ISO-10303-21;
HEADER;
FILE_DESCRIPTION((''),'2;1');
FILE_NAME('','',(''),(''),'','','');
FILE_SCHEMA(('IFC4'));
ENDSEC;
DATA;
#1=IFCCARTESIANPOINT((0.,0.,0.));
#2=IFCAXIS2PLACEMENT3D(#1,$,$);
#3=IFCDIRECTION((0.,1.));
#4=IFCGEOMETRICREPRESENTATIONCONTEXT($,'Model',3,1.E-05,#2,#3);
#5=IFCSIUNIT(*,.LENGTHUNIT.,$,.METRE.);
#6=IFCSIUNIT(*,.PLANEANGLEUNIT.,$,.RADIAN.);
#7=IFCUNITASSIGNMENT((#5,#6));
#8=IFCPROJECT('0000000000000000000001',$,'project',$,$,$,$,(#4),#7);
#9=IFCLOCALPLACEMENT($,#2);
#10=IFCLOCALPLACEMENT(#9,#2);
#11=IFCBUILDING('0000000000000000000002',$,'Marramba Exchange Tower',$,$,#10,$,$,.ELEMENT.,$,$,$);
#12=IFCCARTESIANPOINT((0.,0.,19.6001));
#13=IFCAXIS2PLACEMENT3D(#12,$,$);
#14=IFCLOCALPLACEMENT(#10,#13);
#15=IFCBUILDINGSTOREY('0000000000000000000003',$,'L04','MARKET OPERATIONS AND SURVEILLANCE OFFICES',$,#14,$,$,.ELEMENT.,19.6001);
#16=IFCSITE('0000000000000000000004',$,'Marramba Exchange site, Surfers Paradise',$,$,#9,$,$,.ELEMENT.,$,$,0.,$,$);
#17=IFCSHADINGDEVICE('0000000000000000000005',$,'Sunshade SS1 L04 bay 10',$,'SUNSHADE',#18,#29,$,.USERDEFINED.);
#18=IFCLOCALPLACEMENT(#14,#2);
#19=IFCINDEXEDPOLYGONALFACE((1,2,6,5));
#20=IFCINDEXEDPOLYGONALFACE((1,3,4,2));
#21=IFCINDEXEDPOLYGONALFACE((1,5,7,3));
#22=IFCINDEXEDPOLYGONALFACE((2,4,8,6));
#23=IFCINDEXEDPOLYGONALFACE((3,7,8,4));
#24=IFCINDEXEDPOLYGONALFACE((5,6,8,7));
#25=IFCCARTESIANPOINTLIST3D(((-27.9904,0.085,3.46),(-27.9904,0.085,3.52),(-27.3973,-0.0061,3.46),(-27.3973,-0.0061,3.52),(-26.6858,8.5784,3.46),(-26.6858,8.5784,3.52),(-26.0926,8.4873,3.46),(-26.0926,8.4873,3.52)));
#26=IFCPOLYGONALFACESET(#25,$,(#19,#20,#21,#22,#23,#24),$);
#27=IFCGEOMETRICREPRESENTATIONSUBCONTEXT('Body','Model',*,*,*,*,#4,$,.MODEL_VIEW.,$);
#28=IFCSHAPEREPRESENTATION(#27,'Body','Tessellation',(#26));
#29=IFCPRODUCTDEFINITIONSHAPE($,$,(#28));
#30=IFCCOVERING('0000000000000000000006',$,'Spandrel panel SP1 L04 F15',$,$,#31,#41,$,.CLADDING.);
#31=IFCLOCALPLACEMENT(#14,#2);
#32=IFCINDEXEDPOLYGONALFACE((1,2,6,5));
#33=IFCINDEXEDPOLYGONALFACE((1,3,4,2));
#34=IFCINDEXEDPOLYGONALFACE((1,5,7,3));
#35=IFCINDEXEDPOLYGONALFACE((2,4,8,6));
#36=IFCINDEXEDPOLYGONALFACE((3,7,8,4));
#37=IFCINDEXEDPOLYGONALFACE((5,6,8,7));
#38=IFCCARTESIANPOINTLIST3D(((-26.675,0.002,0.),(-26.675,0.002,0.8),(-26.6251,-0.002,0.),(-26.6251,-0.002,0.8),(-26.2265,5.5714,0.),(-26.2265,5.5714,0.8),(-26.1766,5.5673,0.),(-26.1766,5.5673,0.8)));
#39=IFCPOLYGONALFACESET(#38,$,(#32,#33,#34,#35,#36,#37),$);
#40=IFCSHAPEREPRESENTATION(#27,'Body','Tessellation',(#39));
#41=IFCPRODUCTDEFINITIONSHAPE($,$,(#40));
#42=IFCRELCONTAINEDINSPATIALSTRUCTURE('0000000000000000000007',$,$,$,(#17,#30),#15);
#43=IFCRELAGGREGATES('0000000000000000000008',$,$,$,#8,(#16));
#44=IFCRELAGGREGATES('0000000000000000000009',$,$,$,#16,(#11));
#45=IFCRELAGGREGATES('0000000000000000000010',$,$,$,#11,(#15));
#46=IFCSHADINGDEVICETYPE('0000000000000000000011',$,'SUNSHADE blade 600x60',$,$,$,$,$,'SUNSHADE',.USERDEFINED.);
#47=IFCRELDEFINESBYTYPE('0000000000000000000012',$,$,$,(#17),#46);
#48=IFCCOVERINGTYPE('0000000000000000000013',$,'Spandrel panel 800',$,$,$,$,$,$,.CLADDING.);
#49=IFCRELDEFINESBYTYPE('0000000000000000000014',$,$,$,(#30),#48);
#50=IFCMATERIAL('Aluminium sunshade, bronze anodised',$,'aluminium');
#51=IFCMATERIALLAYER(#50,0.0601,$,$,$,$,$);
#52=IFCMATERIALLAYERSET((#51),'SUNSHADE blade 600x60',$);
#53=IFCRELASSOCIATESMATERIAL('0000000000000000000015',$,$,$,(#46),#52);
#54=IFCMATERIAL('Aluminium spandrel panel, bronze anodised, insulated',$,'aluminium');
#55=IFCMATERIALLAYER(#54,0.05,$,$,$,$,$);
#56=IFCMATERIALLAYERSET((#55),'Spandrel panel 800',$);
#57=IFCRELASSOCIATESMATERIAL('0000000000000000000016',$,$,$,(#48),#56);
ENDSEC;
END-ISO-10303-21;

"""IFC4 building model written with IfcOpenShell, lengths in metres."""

from ifc_helpers import new_model, si_unit, direction, frame, origin, origin_2d, place, context, subcontext, project, spatial, rectangle, extrude, material, layer, layer_set, type_object, element, save


model = new_model("IFC4")

# Units and contexts
model_context = context("Model", 3, precision=1e-05, world=origin(), true_north=direction((0.0, 1.0)))
body_context = subcontext(model_context, "Body", "Model", "MODEL_VIEW")
ifc_project = project(units=[si_unit("LENGTHUNIT", "METRE"), si_unit("PLANEANGLEUNIT", "RADIAN")], contexts=[model_context])

# Site, building, storey
site_placement = place(None, origin())
site = spatial("IfcSite", under=ifc_project, at=site_placement, Name="Marramba Exchange site, Surfers Paradise", CompositionType="ELEMENT", RefElevation=0.0)
building_placement = place(site_placement, origin())
building = spatial("IfcBuilding", under=site, at=building_placement, Name="Marramba Exchange Tower", CompositionType="ELEMENT")
storey_placement = place(building_placement, frame((0.0, 0.0, 19.6001)))
storey = spatial("IfcBuildingStorey", under=building, at=storey_placement, Name="L04", Description="MARKET OPERATIONS AND SURVEILLANCE OFFICES", CompositionType="ELEMENT", Elevation=19.6001)

# Shading device
ifc_material_1 = material(Name="Aluminium sunshade, bronze anodised", Category="aluminium")
ifc_layer_1 = layer(ifc_material_1, 0.0601)
ifc_layer_set_1 = layer_set([ifc_layer_1], Name="SUNSHADE blade 600x60")
shading_device_type = type_object("IfcShadingDeviceType", Name="SUNSHADE blade 600x60", ElementType="SUNSHADE", PredefinedType="USERDEFINED", material=ifc_layer_set_1)
shading_device_placement = place(storey_placement, frame((-27.0415, 4.2861, 3.46), z_axis=(0.0, 0.0, 1.0), x_axis=(-0.151825, -0.988407, 0.0)))
element("IfcShadingDevice", 1, at=shading_device_placement, inside=storey, type_object=shading_device_type, Name="Sunshade SS1 L04 bay 10", ObjectType="SUNSHADE", PredefinedType="USERDEFINED", context=body_context, shape_type="SweptSolid", body=[
    extrude(rectangle(XDim=8.593, YDim=0.6001, at=origin_2d()), origin(), (0.0, 0.0, 1.0), 0.0601),
])

# Covering
ifc_material_2 = material(Name="Aluminium spandrel panel, bronze anodised, insulated", Category="aluminium")
ifc_layer_2 = layer(ifc_material_2, 0.05)
ifc_layer_set_2 = layer_set([ifc_layer_2], Name="Spandrel panel 800")
covering_type = type_object("IfcCoveringType", Name="Spandrel panel 800", PredefinedType="CLADDING", material=ifc_layer_set_2)
covering_placement = place(storey_placement, frame((-26.4258, 2.7847, 0.0), z_axis=(0.0, 0.0, 1.0), x_axis=(-0.080275, -0.996773, 0.0)))
element("IfcCovering", 2, at=covering_placement, inside=storey, type_object=covering_type, Name="Spandrel panel SP1 L04 F15", PredefinedType="CLADDING", context=body_context, shape_type="SweptSolid", body=[
    extrude(rectangle(XDim=5.5874, YDim=0.05, at=origin_2d()), origin(), (0.0, 0.0, 1.0), 0.8),
])

save(model, "model.ifc")
